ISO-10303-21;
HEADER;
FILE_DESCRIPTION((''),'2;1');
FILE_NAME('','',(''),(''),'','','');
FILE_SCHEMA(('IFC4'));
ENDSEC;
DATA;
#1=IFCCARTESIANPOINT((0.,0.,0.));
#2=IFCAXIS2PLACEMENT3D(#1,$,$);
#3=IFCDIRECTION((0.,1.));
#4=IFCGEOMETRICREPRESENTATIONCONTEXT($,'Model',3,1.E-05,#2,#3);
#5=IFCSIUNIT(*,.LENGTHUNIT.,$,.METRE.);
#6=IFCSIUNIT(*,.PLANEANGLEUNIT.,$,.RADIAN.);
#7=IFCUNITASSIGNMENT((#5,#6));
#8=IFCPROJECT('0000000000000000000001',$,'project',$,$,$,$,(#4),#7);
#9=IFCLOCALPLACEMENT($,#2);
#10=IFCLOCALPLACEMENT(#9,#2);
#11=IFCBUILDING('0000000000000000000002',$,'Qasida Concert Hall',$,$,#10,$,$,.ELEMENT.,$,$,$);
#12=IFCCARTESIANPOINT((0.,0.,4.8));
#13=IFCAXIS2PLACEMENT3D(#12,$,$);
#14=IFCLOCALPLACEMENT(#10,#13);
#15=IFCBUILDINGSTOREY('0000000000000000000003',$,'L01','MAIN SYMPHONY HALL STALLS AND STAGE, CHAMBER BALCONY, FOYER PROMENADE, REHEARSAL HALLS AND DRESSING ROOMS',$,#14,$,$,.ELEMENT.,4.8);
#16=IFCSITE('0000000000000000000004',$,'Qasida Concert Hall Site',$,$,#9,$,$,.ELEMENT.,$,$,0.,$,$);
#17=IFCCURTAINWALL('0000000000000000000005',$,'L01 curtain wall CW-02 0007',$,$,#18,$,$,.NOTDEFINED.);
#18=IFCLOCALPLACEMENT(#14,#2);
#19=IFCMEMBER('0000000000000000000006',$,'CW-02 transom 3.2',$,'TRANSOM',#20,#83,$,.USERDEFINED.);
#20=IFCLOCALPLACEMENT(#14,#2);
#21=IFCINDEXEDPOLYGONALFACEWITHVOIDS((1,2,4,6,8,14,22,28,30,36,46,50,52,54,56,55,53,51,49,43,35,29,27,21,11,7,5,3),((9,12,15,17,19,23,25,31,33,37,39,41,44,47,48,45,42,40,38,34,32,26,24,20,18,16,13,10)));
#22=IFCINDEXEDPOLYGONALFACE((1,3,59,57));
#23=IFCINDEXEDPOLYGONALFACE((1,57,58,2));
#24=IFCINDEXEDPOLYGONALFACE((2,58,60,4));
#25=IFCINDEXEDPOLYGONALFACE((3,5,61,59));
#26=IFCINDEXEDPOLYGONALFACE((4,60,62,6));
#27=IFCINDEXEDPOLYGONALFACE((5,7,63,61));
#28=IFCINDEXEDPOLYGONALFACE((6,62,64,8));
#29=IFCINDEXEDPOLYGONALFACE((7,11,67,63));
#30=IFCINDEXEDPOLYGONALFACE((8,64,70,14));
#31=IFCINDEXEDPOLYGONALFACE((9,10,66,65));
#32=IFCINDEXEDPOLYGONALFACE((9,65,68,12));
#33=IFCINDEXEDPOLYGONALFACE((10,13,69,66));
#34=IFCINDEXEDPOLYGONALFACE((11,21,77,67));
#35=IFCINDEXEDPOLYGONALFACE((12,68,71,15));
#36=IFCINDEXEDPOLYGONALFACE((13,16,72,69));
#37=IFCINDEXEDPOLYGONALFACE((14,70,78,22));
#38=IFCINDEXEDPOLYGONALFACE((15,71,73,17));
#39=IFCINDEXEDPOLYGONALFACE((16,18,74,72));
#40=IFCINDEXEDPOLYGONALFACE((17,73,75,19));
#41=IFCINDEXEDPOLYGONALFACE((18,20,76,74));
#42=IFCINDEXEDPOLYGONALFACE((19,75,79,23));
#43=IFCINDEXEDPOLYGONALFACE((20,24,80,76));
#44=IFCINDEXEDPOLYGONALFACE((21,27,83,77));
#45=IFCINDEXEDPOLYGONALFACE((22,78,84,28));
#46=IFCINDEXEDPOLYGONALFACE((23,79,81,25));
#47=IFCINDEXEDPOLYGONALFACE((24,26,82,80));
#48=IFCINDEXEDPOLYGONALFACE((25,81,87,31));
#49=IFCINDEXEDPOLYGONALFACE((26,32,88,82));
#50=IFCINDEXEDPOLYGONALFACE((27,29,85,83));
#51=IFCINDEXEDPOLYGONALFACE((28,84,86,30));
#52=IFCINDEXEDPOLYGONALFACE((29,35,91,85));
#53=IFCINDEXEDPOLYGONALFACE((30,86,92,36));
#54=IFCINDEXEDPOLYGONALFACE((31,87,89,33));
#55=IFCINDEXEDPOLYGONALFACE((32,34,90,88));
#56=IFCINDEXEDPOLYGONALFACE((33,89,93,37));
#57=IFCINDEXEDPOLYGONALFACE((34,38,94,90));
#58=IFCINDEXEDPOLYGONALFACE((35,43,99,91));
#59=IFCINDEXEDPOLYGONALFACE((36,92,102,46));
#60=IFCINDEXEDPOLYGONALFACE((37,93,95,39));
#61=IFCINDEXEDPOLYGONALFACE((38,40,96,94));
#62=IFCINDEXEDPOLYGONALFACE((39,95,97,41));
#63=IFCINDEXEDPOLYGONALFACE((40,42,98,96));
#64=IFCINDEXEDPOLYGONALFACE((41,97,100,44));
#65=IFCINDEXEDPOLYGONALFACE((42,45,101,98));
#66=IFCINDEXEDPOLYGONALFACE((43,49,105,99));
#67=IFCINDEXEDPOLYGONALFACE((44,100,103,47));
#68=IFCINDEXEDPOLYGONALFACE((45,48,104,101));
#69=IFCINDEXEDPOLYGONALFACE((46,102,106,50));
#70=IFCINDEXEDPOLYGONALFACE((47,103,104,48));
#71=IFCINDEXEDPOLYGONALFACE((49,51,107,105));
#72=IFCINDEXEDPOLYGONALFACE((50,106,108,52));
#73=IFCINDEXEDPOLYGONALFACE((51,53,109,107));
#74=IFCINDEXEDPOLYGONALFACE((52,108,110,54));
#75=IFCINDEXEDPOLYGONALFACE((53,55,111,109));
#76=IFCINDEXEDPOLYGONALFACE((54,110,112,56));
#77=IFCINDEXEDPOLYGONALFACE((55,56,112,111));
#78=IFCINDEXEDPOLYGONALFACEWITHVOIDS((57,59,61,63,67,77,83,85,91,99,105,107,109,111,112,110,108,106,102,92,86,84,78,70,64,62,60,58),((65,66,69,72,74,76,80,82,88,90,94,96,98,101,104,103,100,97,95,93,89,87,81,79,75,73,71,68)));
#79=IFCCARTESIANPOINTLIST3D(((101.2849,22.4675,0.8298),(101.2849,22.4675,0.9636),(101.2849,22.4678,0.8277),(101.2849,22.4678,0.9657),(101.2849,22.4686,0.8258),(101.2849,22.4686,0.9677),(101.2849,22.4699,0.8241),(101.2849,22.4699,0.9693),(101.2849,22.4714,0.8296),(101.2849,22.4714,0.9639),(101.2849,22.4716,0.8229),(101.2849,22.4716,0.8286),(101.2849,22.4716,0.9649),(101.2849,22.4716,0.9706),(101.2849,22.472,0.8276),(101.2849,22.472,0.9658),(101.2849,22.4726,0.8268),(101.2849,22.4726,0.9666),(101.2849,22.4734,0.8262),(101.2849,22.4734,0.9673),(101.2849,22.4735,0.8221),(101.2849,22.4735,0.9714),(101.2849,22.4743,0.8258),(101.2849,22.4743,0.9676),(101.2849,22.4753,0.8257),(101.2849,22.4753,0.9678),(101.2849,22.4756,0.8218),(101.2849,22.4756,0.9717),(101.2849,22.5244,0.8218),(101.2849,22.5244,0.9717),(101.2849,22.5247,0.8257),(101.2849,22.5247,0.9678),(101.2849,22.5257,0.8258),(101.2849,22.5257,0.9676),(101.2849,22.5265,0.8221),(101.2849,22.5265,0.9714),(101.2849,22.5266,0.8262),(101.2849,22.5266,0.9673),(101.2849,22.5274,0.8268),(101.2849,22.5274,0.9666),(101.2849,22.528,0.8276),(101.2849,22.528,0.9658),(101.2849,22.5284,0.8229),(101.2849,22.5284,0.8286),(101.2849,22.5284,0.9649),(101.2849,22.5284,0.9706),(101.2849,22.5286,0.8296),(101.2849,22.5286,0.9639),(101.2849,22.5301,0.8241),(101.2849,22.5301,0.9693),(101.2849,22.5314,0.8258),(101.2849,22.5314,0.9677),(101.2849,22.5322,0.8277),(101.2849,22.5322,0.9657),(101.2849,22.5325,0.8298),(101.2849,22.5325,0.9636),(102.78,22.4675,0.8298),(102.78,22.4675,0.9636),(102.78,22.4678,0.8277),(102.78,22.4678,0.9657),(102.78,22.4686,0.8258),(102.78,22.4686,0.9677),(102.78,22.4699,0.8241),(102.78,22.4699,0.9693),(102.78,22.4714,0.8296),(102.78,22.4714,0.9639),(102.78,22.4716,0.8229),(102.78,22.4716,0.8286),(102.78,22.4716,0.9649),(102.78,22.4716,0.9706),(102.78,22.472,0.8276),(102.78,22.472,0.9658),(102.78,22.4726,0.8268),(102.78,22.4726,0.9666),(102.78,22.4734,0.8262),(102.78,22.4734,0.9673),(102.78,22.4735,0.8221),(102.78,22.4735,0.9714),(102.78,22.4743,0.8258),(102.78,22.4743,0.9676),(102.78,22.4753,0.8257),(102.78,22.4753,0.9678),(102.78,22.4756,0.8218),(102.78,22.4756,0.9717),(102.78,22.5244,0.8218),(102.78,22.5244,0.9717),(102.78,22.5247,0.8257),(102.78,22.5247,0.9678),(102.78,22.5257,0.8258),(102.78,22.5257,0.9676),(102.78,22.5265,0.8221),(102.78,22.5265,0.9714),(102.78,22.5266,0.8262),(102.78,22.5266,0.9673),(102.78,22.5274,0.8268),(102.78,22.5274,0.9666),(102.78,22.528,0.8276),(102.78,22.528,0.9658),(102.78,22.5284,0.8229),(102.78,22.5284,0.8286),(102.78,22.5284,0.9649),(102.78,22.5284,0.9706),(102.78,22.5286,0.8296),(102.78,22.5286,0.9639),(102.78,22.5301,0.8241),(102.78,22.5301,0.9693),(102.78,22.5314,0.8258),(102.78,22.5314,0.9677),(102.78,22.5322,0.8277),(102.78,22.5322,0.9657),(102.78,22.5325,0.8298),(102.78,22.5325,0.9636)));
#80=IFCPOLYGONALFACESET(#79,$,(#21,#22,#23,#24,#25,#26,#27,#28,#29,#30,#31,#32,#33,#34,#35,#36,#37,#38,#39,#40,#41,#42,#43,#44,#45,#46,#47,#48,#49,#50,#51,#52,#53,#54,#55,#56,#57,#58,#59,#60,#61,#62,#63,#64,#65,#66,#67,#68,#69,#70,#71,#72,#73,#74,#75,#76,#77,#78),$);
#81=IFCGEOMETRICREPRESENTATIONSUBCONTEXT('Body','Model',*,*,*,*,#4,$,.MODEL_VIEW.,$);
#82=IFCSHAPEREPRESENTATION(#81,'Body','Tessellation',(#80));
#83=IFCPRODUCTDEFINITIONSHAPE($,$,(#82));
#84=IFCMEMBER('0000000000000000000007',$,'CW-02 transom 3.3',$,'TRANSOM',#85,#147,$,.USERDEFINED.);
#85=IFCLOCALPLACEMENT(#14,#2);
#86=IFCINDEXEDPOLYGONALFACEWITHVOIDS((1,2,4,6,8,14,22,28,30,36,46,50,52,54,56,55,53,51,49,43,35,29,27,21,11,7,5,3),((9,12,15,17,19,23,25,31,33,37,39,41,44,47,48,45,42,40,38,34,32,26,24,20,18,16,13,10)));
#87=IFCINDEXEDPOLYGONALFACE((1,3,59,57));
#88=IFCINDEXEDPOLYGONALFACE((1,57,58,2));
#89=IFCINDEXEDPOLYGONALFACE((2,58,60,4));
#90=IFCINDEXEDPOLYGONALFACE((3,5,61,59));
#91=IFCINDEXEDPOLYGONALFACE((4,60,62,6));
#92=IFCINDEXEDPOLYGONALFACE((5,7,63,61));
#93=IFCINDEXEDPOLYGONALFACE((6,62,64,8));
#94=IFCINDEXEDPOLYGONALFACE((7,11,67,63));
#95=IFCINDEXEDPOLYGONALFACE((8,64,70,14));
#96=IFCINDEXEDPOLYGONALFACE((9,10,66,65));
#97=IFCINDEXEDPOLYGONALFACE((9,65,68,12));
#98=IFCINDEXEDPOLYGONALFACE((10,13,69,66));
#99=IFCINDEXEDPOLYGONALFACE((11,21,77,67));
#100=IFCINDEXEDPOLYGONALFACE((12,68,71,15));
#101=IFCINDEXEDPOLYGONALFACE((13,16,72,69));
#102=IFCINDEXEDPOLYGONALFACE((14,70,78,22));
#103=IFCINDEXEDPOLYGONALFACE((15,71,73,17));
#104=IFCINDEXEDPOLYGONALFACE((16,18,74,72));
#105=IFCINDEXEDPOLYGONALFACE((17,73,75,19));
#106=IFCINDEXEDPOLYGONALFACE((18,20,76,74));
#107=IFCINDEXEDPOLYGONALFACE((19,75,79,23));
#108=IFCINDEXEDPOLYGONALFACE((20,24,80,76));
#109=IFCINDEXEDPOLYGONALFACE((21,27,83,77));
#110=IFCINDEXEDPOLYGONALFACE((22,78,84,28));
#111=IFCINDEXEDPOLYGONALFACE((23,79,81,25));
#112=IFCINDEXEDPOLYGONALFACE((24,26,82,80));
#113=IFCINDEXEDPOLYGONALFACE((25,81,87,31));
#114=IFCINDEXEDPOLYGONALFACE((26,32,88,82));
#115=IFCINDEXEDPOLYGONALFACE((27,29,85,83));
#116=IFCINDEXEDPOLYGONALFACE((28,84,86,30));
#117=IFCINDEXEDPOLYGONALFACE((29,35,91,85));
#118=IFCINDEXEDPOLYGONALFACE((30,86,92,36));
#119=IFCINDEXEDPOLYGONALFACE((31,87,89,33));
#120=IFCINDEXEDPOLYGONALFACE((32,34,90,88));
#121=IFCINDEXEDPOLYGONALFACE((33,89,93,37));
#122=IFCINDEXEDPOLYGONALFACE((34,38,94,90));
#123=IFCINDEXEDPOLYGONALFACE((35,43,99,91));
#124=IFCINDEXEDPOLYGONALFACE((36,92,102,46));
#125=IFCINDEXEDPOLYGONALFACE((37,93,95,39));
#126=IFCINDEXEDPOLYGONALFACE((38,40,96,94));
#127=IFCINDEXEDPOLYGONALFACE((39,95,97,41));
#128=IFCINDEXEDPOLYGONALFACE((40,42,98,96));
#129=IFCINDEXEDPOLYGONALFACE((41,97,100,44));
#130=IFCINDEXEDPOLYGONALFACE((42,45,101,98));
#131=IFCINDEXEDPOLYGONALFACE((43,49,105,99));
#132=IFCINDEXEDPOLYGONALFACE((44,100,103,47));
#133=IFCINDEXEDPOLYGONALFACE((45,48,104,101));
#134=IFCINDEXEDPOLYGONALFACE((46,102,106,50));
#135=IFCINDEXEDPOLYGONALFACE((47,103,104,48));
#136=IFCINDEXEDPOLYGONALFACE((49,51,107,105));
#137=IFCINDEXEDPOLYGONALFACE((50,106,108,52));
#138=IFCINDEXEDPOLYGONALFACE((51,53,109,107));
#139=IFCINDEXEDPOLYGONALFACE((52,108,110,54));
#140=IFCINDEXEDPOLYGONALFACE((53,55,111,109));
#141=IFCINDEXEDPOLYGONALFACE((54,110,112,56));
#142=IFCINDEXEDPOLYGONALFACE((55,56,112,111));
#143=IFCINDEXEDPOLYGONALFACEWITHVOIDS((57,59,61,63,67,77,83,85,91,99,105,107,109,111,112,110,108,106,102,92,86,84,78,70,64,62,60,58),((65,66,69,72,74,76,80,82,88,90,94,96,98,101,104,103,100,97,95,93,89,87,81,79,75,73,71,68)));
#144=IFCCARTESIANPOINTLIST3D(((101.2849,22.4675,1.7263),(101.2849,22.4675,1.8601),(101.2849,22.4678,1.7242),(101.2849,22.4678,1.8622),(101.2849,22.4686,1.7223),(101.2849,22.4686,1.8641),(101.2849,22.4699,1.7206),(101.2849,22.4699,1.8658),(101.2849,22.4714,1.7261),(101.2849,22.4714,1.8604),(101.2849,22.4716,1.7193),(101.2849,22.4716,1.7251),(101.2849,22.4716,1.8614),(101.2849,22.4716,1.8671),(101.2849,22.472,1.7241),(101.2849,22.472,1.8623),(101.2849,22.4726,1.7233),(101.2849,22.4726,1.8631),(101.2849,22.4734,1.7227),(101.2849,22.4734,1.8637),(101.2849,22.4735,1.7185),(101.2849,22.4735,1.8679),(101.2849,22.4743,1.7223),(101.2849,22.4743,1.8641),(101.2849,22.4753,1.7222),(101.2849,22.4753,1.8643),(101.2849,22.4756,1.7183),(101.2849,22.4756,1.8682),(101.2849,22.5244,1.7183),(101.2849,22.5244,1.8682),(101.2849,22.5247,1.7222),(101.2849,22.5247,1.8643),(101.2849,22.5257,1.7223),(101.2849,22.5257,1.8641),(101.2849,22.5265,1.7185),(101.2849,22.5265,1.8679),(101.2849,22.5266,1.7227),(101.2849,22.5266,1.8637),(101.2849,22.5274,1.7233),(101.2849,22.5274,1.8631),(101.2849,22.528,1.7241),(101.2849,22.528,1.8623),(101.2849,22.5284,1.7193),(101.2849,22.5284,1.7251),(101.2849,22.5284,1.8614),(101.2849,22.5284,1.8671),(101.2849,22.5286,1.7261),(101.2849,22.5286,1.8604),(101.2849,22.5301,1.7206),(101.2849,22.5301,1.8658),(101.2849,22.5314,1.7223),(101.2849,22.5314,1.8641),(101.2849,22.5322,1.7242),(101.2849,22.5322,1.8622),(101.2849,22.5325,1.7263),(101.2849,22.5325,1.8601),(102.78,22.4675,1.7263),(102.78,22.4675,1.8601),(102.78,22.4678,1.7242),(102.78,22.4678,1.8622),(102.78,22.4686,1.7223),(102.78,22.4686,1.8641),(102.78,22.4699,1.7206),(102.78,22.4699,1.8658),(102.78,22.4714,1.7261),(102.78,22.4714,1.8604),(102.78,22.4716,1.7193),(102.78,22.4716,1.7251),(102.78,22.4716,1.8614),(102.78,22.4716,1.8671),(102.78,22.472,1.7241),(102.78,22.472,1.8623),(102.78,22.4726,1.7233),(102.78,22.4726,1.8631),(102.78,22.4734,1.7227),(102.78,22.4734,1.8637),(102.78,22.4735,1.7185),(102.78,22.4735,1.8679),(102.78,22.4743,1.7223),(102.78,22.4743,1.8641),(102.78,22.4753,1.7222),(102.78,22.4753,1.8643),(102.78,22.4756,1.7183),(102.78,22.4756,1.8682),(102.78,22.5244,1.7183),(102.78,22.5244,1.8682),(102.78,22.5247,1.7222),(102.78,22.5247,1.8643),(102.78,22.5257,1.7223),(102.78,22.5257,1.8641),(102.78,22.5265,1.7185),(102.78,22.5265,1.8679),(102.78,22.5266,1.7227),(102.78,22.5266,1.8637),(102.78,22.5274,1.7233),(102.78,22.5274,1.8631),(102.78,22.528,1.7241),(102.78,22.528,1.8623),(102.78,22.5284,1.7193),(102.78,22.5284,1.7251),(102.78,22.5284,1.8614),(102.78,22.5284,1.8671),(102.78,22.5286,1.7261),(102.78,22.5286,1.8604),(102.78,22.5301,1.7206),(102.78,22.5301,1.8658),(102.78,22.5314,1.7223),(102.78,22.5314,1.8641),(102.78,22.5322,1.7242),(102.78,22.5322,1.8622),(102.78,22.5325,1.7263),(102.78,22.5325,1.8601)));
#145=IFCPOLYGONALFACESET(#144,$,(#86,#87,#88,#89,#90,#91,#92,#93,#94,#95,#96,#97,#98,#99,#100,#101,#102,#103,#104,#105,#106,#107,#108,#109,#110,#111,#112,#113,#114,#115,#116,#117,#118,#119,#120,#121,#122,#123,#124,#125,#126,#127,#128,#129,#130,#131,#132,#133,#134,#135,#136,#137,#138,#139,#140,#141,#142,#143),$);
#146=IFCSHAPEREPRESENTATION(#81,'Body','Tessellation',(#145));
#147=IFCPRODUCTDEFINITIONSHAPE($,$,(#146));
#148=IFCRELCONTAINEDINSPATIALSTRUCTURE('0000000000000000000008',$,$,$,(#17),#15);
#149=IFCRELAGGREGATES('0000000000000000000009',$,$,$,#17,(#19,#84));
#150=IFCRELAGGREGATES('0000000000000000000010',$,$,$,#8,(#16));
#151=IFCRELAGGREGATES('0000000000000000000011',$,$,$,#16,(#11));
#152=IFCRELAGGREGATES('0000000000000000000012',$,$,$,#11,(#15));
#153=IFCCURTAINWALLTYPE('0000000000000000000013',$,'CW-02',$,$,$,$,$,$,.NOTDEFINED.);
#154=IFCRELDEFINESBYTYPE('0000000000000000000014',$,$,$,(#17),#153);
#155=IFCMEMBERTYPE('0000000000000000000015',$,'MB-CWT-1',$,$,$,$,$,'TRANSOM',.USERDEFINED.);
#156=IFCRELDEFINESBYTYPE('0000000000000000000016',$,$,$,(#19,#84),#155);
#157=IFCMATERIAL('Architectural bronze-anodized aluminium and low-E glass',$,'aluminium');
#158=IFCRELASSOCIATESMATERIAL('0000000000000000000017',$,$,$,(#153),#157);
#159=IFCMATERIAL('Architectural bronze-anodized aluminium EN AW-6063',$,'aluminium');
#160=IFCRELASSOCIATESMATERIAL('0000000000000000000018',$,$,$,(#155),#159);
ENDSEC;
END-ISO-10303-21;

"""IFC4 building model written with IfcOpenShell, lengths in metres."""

from ifc_helpers import new_model, si_unit, direction, frame, origin, origin_2d, place, context, subcontext, project, spatial, hollow_rectangle, extrude, material, material_profile, profile_set, type_object, element, aggregate, save


model = new_model("IFC4")

# Units and contexts
model_context = context("Model", 3, precision=1e-05, world=origin(), true_north=direction((0.0, 1.0)))
body_context = subcontext(model_context, "Body", "Model", "MODEL_VIEW")
ifc_project = project(units=[si_unit("LENGTHUNIT", "METRE"), si_unit("PLANEANGLEUNIT", "RADIAN")], contexts=[model_context])

# Site, building, storey
site_placement = place(None, origin())
site = spatial("IfcSite", under=ifc_project, at=site_placement, Name="Qasida Concert Hall Site", CompositionType="ELEMENT", RefElevation=0.0)
building_placement = place(site_placement, origin())
building = spatial("IfcBuilding", under=site, at=building_placement, Name="Qasida Concert Hall", CompositionType="ELEMENT")
storey_placement = place(building_placement, frame((0.0, 0.0, 4.8)))
storey = spatial("IfcBuildingStorey", under=building, at=storey_placement, Name="L01", Description="MAIN SYMPHONY HALL STALLS AND STAGE, CHAMBER BALCONY, FOYER PROMENADE, REHEARSAL HALLS AND DRESSING ROOMS", CompositionType="ELEMENT", Elevation=4.8)

# Curtain wall, members
ifc_material_1 = material(Name="Architectural bronze-anodized aluminium and low-E glass", Category="aluminium")
curtain_wall_type = type_object("IfcCurtainWallType", Name="CW-02", PredefinedType="NOTDEFINED", material=ifc_material_1)
curtain_wall_placement = place(storey_placement, origin())
curtain_wall = element("IfcCurtainWall", 1, at=curtain_wall_placement, inside=storey, type_object=curtain_wall_type, Name="L01 curtain wall CW-02 0007", PredefinedType="NOTDEFINED")
ifc_material_2 = material(Name="Architectural bronze-anodized aluminium EN AW-6063", Category="aluminium")
ifc_material_profile_1 = material_profile(ifc_material_2, hollow_rectangle(XDim=0.0649, YDim=0.1499, WallThickness=0.0039, InnerFilletRadius=0.0039, OuterFilletRadius=0.0081, at=origin_2d()), Name="CWT 150x65x4")
ifc_profile_set_1 = profile_set([ifc_material_profile_1], Name="Architectural bronze-anodized aluminium EN AW-6063")
member_type_1 = type_object("IfcMemberType", Name="MB-CWT-1", ElementType="TRANSOM", PredefinedType="USERDEFINED", material=ifc_profile_set_1)
member_1_placement = place(storey_placement, frame((101.2849, 22.5, 0.8967), z_axis=(1.0, 0.0, 0.0), x_axis=(0.0, 1.0, 0.0)))
member_1 = element("IfcMember", 2, at=member_1_placement, type_object=member_type_1, Name="CW-02 transom 3.2", ObjectType="TRANSOM", PredefinedType="USERDEFINED", context=body_context, shape_type="SweptSolid", body=[
    extrude(hollow_rectangle(XDim=0.0649, YDim=0.1499, WallThickness=0.0039, InnerFilletRadius=0.0039, OuterFilletRadius=0.0081, at=origin_2d()), origin(), (0.0, 0.0, 1.0), 1.4951),
])
member_2_placement = place(storey_placement, frame((101.2849, 22.5, 1.7932), z_axis=(1.0, 0.0, 0.0), x_axis=(0.0, 1.0, 0.0)))
member_2 = element("IfcMember", 3, at=member_2_placement, type_object=member_type_1, Name="CW-02 transom 3.3", ObjectType="TRANSOM", PredefinedType="USERDEFINED", context=body_context, shape_type="SweptSolid", body=[
    extrude(hollow_rectangle(XDim=0.0649, YDim=0.1499, WallThickness=0.0039, InnerFilletRadius=0.0039, OuterFilletRadius=0.0081, at=origin_2d()), origin(), (0.0, 0.0, 1.0), 1.4951),
])
aggregate(curtain_wall, [member_1, member_2])

save(model, "model.ifc")
